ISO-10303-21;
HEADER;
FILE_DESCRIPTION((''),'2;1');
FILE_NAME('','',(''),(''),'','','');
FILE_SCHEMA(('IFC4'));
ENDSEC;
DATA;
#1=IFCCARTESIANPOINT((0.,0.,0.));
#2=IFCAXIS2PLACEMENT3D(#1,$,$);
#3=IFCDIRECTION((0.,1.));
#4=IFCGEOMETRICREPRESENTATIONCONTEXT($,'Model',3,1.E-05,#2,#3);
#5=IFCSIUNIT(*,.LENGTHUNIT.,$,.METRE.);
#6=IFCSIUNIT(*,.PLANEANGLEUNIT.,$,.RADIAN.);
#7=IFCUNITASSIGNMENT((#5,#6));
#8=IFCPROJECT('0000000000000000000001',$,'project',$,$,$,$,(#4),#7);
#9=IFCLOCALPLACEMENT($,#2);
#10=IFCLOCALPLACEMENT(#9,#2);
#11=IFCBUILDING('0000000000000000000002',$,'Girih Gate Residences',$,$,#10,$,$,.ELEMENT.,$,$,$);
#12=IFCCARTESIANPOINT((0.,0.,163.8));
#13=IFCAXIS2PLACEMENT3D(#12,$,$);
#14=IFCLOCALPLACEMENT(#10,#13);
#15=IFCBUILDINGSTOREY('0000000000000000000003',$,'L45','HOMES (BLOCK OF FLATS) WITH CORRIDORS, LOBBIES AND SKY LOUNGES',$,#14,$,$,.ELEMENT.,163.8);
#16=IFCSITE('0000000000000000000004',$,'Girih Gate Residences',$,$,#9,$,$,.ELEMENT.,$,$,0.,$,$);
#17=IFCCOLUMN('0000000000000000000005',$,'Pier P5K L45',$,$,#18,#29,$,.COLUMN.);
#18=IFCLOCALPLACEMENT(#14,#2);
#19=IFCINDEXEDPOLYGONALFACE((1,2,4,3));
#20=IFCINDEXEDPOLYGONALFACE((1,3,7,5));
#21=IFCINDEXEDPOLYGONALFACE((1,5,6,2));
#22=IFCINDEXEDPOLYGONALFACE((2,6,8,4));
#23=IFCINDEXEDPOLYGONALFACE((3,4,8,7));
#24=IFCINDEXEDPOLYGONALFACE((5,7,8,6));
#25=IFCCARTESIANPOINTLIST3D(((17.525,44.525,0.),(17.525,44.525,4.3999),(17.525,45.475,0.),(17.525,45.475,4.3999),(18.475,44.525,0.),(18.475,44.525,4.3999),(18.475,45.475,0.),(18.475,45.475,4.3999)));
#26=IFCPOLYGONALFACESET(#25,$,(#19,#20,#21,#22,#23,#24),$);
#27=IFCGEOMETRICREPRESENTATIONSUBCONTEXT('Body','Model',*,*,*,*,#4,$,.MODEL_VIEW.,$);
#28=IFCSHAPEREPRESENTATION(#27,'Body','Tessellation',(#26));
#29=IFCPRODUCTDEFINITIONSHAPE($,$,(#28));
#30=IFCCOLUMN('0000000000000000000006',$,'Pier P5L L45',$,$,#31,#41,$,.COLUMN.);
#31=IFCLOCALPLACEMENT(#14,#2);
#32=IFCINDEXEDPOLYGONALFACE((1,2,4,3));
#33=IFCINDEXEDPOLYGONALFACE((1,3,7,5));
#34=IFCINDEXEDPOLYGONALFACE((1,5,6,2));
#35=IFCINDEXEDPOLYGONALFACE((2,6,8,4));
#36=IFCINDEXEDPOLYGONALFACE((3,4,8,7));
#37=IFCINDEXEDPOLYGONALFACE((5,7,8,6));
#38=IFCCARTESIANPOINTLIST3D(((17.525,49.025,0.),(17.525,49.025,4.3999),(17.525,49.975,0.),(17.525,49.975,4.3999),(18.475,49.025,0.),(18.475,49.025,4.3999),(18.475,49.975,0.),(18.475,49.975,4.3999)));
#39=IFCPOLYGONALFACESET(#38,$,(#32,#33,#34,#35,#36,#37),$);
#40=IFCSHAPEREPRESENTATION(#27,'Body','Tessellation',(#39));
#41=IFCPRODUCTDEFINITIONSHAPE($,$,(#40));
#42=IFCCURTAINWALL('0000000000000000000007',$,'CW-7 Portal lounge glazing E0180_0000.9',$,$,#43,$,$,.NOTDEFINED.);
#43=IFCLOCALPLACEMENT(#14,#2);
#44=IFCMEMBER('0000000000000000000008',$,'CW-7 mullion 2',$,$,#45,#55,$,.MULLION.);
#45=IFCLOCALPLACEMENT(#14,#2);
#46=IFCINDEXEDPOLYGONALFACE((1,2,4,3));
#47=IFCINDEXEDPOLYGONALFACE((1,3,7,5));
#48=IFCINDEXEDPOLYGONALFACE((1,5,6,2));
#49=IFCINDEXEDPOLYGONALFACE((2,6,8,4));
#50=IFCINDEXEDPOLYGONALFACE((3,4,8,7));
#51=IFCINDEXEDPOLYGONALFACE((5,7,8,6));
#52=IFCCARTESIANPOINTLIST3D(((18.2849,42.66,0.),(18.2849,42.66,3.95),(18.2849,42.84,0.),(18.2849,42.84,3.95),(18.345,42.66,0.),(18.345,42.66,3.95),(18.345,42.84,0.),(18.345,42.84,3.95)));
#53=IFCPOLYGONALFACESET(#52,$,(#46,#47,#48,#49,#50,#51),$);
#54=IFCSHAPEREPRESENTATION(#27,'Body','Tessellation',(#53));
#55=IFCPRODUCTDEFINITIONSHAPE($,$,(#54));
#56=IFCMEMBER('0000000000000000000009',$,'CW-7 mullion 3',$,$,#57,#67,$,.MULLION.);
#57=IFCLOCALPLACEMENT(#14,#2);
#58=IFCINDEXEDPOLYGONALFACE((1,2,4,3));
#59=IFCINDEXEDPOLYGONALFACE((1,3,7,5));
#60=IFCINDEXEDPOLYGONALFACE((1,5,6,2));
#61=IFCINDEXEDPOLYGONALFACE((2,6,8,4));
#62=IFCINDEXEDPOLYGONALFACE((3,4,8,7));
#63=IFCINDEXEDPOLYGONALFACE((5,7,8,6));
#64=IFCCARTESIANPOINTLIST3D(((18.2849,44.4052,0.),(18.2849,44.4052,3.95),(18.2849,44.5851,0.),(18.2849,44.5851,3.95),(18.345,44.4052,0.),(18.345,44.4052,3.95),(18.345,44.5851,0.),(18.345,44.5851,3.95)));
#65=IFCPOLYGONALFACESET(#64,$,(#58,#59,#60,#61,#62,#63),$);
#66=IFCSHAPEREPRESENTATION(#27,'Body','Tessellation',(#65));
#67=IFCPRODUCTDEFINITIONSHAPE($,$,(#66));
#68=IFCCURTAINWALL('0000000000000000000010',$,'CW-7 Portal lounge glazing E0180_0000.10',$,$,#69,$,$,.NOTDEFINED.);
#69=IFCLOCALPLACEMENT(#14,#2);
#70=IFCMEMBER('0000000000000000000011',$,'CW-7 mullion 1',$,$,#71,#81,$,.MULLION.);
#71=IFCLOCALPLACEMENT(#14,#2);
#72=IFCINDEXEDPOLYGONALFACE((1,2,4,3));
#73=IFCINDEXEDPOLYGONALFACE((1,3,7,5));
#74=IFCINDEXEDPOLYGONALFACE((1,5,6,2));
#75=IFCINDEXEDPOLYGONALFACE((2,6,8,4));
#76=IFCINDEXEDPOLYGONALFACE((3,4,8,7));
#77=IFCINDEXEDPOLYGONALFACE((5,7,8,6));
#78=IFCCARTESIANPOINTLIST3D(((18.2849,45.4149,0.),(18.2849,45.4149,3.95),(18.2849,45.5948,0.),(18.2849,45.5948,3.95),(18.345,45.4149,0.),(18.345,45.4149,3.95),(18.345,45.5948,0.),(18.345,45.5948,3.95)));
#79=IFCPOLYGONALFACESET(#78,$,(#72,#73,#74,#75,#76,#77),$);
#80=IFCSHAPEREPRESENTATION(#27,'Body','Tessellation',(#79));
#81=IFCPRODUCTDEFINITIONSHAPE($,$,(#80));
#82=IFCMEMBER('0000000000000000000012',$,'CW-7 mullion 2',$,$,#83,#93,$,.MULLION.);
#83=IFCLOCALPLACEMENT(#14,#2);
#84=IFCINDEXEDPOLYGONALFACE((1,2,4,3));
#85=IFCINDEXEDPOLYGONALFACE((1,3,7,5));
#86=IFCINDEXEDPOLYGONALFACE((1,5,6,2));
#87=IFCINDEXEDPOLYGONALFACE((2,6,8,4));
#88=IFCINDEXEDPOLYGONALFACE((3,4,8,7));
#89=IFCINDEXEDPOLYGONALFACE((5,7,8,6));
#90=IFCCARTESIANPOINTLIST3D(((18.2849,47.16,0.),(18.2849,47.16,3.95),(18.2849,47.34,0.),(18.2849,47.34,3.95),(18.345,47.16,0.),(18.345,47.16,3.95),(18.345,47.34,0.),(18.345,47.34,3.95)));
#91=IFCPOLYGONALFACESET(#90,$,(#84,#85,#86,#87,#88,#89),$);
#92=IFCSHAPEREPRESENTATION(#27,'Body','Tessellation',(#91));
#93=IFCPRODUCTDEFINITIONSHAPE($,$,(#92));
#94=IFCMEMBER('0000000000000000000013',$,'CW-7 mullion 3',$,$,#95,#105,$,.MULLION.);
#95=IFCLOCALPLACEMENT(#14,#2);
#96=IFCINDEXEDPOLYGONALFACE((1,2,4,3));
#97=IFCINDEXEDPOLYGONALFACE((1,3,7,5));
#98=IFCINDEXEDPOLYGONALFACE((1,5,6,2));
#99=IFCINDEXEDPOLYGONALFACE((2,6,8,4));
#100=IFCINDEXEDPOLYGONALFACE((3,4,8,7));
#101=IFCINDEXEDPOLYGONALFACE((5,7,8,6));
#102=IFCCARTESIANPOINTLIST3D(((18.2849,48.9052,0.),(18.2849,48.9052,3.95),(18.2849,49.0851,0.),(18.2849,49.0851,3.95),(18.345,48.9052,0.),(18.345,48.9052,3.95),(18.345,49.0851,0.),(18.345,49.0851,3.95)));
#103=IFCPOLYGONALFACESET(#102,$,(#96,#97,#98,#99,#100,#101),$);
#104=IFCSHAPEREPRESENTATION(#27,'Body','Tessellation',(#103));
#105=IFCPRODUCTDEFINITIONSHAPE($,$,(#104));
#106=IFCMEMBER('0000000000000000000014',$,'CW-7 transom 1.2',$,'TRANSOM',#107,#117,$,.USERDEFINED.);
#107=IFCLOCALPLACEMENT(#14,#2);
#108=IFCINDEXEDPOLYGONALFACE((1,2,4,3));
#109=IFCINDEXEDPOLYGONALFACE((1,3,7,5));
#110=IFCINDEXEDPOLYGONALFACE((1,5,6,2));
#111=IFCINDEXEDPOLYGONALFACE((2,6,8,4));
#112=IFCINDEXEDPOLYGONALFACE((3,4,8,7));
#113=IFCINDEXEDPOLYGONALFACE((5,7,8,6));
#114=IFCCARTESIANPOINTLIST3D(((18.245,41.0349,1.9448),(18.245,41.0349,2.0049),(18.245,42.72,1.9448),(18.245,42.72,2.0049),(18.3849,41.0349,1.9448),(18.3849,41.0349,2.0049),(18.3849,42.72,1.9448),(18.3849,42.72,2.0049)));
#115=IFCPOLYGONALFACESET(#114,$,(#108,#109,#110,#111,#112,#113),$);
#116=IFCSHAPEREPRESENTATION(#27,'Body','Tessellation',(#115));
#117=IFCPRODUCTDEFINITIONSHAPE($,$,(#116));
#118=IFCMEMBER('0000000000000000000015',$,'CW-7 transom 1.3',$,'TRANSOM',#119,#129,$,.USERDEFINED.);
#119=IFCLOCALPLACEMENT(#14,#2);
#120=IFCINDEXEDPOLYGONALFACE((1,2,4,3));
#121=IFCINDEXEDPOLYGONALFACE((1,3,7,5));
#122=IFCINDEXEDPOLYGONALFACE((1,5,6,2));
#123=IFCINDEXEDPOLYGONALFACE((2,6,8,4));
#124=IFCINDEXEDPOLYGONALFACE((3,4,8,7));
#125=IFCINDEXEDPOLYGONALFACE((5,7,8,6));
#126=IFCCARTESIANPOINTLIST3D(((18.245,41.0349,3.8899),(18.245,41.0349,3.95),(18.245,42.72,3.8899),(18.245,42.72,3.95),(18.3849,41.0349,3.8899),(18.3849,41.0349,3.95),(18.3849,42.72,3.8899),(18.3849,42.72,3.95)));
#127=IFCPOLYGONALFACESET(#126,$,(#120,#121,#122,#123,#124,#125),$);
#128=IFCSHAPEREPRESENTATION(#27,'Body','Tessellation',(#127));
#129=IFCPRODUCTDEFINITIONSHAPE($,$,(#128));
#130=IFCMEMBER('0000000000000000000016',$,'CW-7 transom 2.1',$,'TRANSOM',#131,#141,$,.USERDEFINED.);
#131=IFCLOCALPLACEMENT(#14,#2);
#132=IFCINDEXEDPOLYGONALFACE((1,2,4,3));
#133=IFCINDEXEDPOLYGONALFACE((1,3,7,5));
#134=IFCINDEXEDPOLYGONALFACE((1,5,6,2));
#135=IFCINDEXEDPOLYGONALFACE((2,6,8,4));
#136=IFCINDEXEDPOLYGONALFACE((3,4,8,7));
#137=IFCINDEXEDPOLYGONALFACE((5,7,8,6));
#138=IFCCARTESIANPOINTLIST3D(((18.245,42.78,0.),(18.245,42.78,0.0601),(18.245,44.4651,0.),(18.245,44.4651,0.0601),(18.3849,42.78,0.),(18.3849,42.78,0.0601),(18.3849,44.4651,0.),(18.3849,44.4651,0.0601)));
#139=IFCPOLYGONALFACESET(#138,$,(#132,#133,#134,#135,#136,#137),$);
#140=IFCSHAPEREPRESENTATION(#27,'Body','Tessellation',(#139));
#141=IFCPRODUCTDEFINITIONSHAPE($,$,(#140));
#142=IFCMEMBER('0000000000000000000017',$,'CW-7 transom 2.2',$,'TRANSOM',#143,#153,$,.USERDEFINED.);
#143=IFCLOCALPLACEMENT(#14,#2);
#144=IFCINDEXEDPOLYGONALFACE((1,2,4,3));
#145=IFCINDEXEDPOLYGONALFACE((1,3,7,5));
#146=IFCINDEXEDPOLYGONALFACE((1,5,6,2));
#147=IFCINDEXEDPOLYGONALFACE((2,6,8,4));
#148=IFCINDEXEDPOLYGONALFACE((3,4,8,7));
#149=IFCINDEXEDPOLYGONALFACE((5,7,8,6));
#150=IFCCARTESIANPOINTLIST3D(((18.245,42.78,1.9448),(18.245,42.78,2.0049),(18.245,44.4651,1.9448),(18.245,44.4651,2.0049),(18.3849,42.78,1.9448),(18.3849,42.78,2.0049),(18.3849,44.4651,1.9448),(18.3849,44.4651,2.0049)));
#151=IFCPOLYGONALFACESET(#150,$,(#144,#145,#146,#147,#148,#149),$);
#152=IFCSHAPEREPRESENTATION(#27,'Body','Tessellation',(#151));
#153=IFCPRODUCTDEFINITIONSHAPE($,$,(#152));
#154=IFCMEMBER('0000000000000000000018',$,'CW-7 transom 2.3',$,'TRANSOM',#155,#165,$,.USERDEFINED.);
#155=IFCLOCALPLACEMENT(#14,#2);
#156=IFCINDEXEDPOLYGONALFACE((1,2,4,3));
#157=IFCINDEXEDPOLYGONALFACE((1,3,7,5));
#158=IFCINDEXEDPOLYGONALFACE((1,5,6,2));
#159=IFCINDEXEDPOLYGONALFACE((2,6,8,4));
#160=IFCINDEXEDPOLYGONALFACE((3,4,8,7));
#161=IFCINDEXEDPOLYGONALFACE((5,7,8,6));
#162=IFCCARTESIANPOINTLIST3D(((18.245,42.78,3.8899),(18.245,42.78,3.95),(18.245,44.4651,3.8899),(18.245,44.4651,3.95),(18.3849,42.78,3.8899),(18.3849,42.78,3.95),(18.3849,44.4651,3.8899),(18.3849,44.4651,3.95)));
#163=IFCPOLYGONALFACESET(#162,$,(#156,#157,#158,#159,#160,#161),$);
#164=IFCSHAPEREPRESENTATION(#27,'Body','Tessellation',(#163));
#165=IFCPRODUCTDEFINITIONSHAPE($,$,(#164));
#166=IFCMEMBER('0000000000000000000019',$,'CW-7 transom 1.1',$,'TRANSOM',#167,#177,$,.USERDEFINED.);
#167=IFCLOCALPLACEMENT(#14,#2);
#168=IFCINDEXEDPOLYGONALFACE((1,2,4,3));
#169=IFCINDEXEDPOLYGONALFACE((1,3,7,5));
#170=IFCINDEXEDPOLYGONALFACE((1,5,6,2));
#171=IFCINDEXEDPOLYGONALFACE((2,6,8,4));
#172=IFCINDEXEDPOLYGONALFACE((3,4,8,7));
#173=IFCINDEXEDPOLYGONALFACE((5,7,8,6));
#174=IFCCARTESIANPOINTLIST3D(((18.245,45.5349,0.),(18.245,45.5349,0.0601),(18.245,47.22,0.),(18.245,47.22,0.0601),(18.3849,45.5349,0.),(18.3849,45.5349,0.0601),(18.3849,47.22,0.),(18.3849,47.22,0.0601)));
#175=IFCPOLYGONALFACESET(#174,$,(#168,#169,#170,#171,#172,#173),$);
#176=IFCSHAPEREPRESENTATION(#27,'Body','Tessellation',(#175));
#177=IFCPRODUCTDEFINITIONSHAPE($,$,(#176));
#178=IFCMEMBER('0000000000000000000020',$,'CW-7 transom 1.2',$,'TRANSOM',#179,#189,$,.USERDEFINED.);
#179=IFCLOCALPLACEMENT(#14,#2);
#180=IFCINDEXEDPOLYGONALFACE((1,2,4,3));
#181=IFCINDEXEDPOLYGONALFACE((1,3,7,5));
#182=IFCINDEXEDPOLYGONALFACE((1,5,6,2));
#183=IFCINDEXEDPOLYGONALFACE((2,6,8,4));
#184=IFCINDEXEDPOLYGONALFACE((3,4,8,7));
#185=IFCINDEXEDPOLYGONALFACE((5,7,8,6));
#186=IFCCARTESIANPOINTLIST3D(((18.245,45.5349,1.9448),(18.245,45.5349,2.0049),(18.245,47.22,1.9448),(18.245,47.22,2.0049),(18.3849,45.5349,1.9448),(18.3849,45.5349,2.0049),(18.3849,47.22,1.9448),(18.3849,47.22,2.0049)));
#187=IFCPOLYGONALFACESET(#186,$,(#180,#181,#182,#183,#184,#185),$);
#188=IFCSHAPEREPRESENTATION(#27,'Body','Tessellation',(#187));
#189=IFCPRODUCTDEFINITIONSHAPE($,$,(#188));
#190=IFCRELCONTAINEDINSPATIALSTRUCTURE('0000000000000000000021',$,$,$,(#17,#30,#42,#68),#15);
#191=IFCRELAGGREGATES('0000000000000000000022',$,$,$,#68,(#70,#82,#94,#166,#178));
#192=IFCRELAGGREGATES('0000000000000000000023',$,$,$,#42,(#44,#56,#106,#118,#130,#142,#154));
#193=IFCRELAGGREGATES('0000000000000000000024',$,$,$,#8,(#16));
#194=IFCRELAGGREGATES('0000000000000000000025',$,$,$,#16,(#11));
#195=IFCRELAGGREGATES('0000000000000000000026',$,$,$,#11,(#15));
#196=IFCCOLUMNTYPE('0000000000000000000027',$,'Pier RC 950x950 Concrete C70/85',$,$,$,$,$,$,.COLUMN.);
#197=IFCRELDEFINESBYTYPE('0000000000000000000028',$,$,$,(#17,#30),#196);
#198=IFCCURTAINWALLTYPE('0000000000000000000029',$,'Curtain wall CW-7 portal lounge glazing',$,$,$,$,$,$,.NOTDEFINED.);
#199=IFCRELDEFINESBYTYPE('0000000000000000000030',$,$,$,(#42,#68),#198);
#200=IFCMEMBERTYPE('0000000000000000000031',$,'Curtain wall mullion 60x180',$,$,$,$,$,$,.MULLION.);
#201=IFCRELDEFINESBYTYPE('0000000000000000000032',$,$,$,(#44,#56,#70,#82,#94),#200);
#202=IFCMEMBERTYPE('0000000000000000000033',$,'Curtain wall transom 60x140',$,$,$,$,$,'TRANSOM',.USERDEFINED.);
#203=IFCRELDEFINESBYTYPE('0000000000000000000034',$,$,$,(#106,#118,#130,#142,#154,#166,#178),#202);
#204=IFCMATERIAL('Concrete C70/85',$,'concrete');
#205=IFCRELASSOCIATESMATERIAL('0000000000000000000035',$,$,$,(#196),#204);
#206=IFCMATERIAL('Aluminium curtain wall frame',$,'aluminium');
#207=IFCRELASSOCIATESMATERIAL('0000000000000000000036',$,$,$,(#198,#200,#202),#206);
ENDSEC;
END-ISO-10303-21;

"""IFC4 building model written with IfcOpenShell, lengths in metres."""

from ifc_helpers import new_model, si_unit, direction, frame, origin, origin_2d, place, context, subcontext, project, spatial, rectangle, extrude, material, material_profile, profile_set, type_object, element, aggregate, save


model = new_model("IFC4")

# Units and contexts
model_context = context("Model", 3, precision=1e-05, world=origin(), true_north=direction((0.0, 1.0)))
body_context = subcontext(model_context, "Body", "Model", "MODEL_VIEW")
ifc_project = project(units=[si_unit("LENGTHUNIT", "METRE"), si_unit("PLANEANGLEUNIT", "RADIAN")], contexts=[model_context])

# Site, building, storey
site_placement = place(None, origin())
site = spatial("IfcSite", under=ifc_project, at=site_placement, Name="Girih Gate Residences", CompositionType="ELEMENT", RefElevation=0.0)
building_placement = place(site_placement, origin())
building = spatial("IfcBuilding", under=site, at=building_placement, Name="Girih Gate Residences", CompositionType="ELEMENT")
storey_placement = place(building_placement, frame((0.0, 0.0, 163.8)))
storey = spatial("IfcBuildingStorey", under=building, at=storey_placement, Name="L45", Description="HOMES (BLOCK OF FLATS) WITH CORRIDORS, LOBBIES AND SKY LOUNGES", CompositionType="ELEMENT", Elevation=163.8)

# Columns
ifc_material_1 = material(Name="Concrete C70/85", Category="concrete")
ifc_material_profile_1 = material_profile(ifc_material_1, rectangle(XDim=0.95, YDim=0.95, at=origin_2d()))
ifc_profile_set_1 = profile_set([ifc_material_profile_1], Name="Concrete C70/85")
column_type = type_object("IfcColumnType", Name="Pier RC 950x950 Concrete C70/85", PredefinedType="COLUMN", material=ifc_profile_set_1)
for number, where, z_axis, x_axis, name in (
    (1, (18.0, 45.0, 0.0), (0.0, 0.0, 1.0), (1.0, 0.0, 0.0), "Pier P5K L45"),
    (2, (18.0, 49.5, 0.0), (0.0, 0.0, 1.0), (1.0, 0.0, 0.0), "Pier P5L L45"),
):
    element("IfcColumn", number, at=place(storey_placement, frame(where, z_axis=z_axis, x_axis=x_axis)), inside=storey, type_object=column_type, Name=name, PredefinedType="COLUMN", context=body_context, shape_type="SweptSolid", body=[
        extrude(rectangle(XDim=0.95, YDim=0.95, at=origin_2d()), origin(), (0.0, 0.0, 1.0), 4.3999),
    ])

# Curtain walls, members
ifc_material_2 = material(Name="Aluminium curtain wall frame", Category="aluminium")
curtain_wall_type = type_object("IfcCurtainWallType", Name="Curtain wall CW-7 portal lounge glazing", PredefinedType="NOTDEFINED", material=ifc_material_2)
curtain_wall_1_placement = place(storey_placement, origin())
curtain_wall_1 = element("IfcCurtainWall", 3, at=curtain_wall_1_placement, inside=storey, type_object=curtain_wall_type, Name="CW-7 Portal lounge glazing E0180_0000.9", PredefinedType="NOTDEFINED")
ifc_material_profile_2 = material_profile(ifc_material_2, rectangle(XDim=0.0601, YDim=0.1799, at=origin_2d()))
ifc_profile_set_2 = profile_set([ifc_material_profile_2], Name="Aluminium curtain wall frame")
member_type_1 = type_object("IfcMemberType", Name="Curtain wall mullion 60x180", PredefinedType="MULLION", material=ifc_profile_set_2)
member_1_placement = place(storey_placement, frame((18.3149, 42.75, 0.0), z_axis=(0.0, 0.0, 1.0), x_axis=(-1.0, 0.0, 0.0)))
member_1 = element("IfcMember", 4, at=member_1_placement, type_object=member_type_1, Name="CW-7 mullion 2", PredefinedType="MULLION", context=body_context, shape_type="SweptSolid", body=[
    extrude(rectangle(XDim=0.0601, YDim=0.1799, at=origin_2d()), origin(), (0.0, 0.0, 1.0), 3.95),
])
member_2_placement = place(storey_placement, frame((18.3149, 44.4951, 0.0), z_axis=(0.0, 0.0, 1.0), x_axis=(-1.0, 0.0, 0.0)))
member_2 = element("IfcMember", 5, at=member_2_placement, type_object=member_type_1, Name="CW-7 mullion 3", PredefinedType="MULLION", context=body_context, shape_type="SweptSolid", body=[
    extrude(rectangle(XDim=0.0601, YDim=0.1799, at=origin_2d()), origin(), (0.0, 0.0, 1.0), 3.95),
])
curtain_wall_2_placement = place(storey_placement, origin())
curtain_wall_2 = element("IfcCurtainWall", 6, at=curtain_wall_2_placement, inside=storey, type_object=curtain_wall_type, Name="CW-7 Portal lounge glazing E0180_0000.10", PredefinedType="NOTDEFINED")
member_3_placement = place(storey_placement, frame((18.3149, 45.5049, 0.0), z_axis=(0.0, 0.0, 1.0), x_axis=(-1.0, 0.0, 0.0)))
member_3 = element("IfcMember", 7, at=member_3_placement, type_object=member_type_1, Name="CW-7 mullion 1", PredefinedType="MULLION", context=body_context, shape_type="SweptSolid", body=[
    extrude(rectangle(XDim=0.0601, YDim=0.1799, at=origin_2d()), origin(), (0.0, 0.0, 1.0), 3.95),
])
member_4_placement = place(storey_placement, frame((18.3149, 47.25, 0.0), z_axis=(0.0, 0.0, 1.0), x_axis=(-1.0, 0.0, 0.0)))
member_4 = element("IfcMember", 8, at=member_4_placement, type_object=member_type_1, Name="CW-7 mullion 2", PredefinedType="MULLION", context=body_context, shape_type="SweptSolid", body=[
    extrude(rectangle(XDim=0.0601, YDim=0.1799, at=origin_2d()), origin(), (0.0, 0.0, 1.0), 3.95),
])
member_5_placement = place(storey_placement, frame((18.3149, 48.9951, 0.0), z_axis=(0.0, 0.0, 1.0), x_axis=(-1.0, 0.0, 0.0)))
member_5 = element("IfcMember", 9, at=member_5_placement, type_object=member_type_1, Name="CW-7 mullion 3", PredefinedType="MULLION", context=body_context, shape_type="SweptSolid", body=[
    extrude(rectangle(XDim=0.0601, YDim=0.1799, at=origin_2d()), origin(), (0.0, 0.0, 1.0), 3.95),
])

# Members
ifc_material_profile_3 = material_profile(ifc_material_2, rectangle(XDim=0.1399, YDim=0.0601, at=origin_2d()))
ifc_profile_set_3 = profile_set([ifc_material_profile_3], Name="Aluminium curtain wall frame")
member_type_2 = type_object("IfcMemberType", Name="Curtain wall transom 60x140", ElementType="TRANSOM", PredefinedType="USERDEFINED", material=ifc_profile_set_3)
member_6_placement = place(storey_placement, frame((18.3149, 41.0349, 1.9749), z_axis=(0.0, 1.0, 0.0), x_axis=(-1.0, 0.0, 0.0)))
member_6 = element("IfcMember", 10, at=member_6_placement, type_object=member_type_2, Name="CW-7 transom 1.2", ObjectType="TRANSOM", PredefinedType="USERDEFINED", context=body_context, shape_type="SweptSolid", body=[
    extrude(rectangle(XDim=0.1399, YDim=0.0601, at=origin_2d()), origin(), (0.0, 0.0, 1.0), 1.6851),
])
member_7_placement = place(storey_placement, frame((18.3149, 41.0349, 3.9199), z_axis=(0.0, 1.0, 0.0), x_axis=(-1.0, 0.0, 0.0)))
member_7 = element("IfcMember", 11, at=member_7_placement, type_object=member_type_2, Name="CW-7 transom 1.3", ObjectType="TRANSOM", PredefinedType="USERDEFINED", context=body_context, shape_type="SweptSolid", body=[
    extrude(rectangle(XDim=0.1399, YDim=0.0601, at=origin_2d()), origin(), (0.0, 0.0, 1.0), 1.6851),
])
member_8_placement = place(storey_placement, frame((18.3149, 42.78, 0.03), z_axis=(0.0, 1.0, 0.0), x_axis=(-1.0, 0.0, 0.0)))
member_8 = element("IfcMember", 12, at=member_8_placement, type_object=member_type_2, Name="CW-7 transom 2.1", ObjectType="TRANSOM", PredefinedType="USERDEFINED", context=body_context, shape_type="SweptSolid", body=[
    extrude(rectangle(XDim=0.1399, YDim=0.0601, at=origin_2d()), origin(), (0.0, 0.0, 1.0), 1.6851),
])
member_9_placement = place(storey_placement, frame((18.3149, 42.78, 1.9749), z_axis=(0.0, 1.0, 0.0), x_axis=(-1.0, 0.0, 0.0)))
member_9 = element("IfcMember", 13, at=member_9_placement, type_object=member_type_2, Name="CW-7 transom 2.2", ObjectType="TRANSOM", PredefinedType="USERDEFINED", context=body_context, shape_type="SweptSolid", body=[
    extrude(rectangle(XDim=0.1399, YDim=0.0601, at=origin_2d()), origin(), (0.0, 0.0, 1.0), 1.6851),
])
member_10_placement = place(storey_placement, frame((18.3149, 42.78, 3.9199), z_axis=(0.0, 1.0, 0.0), x_axis=(-1.0, 0.0, 0.0)))
member_10 = element("IfcMember", 14, at=member_10_placement, type_object=member_type_2, Name="CW-7 transom 2.3", ObjectType="TRANSOM", PredefinedType="USERDEFINED", context=body_context, shape_type="SweptSolid", body=[
    extrude(rectangle(XDim=0.1399, YDim=0.0601, at=origin_2d()), origin(), (0.0, 0.0, 1.0), 1.6851),
])
member_11_placement = place(storey_placement, frame((18.3149, 45.5349, 0.03), z_axis=(0.0, 1.0, 0.0), x_axis=(-1.0, 0.0, 0.0)))
member_11 = element("IfcMember", 15, at=member_11_placement, type_object=member_type_2, Name="CW-7 transom 1.1", ObjectType="TRANSOM", PredefinedType="USERDEFINED", context=body_context, shape_type="SweptSolid", body=[
    extrude(rectangle(XDim=0.1399, YDim=0.0601, at=origin_2d()), origin(), (0.0, 0.0, 1.0), 1.6851),
])
member_12_placement = place(storey_placement, frame((18.3149, 45.5349, 1.9749), z_axis=(0.0, 1.0, 0.0), x_axis=(-1.0, 0.0, 0.0)))
member_12 = element("IfcMember", 16, at=member_12_placement, type_object=member_type_2, Name="CW-7 transom 1.2", ObjectType="TRANSOM", PredefinedType="USERDEFINED", context=body_context, shape_type="SweptSolid", body=[
    extrude(rectangle(XDim=0.1399, YDim=0.0601, at=origin_2d()), origin(), (0.0, 0.0, 1.0), 1.6851),
])
aggregate(curtain_wall_2, [member_3, member_4, member_5, member_11, member_12])

aggregate(curtain_wall_1, [member_1, member_2, member_6, member_7, member_8, member_9, member_10])

save(model, "model.ifc")
